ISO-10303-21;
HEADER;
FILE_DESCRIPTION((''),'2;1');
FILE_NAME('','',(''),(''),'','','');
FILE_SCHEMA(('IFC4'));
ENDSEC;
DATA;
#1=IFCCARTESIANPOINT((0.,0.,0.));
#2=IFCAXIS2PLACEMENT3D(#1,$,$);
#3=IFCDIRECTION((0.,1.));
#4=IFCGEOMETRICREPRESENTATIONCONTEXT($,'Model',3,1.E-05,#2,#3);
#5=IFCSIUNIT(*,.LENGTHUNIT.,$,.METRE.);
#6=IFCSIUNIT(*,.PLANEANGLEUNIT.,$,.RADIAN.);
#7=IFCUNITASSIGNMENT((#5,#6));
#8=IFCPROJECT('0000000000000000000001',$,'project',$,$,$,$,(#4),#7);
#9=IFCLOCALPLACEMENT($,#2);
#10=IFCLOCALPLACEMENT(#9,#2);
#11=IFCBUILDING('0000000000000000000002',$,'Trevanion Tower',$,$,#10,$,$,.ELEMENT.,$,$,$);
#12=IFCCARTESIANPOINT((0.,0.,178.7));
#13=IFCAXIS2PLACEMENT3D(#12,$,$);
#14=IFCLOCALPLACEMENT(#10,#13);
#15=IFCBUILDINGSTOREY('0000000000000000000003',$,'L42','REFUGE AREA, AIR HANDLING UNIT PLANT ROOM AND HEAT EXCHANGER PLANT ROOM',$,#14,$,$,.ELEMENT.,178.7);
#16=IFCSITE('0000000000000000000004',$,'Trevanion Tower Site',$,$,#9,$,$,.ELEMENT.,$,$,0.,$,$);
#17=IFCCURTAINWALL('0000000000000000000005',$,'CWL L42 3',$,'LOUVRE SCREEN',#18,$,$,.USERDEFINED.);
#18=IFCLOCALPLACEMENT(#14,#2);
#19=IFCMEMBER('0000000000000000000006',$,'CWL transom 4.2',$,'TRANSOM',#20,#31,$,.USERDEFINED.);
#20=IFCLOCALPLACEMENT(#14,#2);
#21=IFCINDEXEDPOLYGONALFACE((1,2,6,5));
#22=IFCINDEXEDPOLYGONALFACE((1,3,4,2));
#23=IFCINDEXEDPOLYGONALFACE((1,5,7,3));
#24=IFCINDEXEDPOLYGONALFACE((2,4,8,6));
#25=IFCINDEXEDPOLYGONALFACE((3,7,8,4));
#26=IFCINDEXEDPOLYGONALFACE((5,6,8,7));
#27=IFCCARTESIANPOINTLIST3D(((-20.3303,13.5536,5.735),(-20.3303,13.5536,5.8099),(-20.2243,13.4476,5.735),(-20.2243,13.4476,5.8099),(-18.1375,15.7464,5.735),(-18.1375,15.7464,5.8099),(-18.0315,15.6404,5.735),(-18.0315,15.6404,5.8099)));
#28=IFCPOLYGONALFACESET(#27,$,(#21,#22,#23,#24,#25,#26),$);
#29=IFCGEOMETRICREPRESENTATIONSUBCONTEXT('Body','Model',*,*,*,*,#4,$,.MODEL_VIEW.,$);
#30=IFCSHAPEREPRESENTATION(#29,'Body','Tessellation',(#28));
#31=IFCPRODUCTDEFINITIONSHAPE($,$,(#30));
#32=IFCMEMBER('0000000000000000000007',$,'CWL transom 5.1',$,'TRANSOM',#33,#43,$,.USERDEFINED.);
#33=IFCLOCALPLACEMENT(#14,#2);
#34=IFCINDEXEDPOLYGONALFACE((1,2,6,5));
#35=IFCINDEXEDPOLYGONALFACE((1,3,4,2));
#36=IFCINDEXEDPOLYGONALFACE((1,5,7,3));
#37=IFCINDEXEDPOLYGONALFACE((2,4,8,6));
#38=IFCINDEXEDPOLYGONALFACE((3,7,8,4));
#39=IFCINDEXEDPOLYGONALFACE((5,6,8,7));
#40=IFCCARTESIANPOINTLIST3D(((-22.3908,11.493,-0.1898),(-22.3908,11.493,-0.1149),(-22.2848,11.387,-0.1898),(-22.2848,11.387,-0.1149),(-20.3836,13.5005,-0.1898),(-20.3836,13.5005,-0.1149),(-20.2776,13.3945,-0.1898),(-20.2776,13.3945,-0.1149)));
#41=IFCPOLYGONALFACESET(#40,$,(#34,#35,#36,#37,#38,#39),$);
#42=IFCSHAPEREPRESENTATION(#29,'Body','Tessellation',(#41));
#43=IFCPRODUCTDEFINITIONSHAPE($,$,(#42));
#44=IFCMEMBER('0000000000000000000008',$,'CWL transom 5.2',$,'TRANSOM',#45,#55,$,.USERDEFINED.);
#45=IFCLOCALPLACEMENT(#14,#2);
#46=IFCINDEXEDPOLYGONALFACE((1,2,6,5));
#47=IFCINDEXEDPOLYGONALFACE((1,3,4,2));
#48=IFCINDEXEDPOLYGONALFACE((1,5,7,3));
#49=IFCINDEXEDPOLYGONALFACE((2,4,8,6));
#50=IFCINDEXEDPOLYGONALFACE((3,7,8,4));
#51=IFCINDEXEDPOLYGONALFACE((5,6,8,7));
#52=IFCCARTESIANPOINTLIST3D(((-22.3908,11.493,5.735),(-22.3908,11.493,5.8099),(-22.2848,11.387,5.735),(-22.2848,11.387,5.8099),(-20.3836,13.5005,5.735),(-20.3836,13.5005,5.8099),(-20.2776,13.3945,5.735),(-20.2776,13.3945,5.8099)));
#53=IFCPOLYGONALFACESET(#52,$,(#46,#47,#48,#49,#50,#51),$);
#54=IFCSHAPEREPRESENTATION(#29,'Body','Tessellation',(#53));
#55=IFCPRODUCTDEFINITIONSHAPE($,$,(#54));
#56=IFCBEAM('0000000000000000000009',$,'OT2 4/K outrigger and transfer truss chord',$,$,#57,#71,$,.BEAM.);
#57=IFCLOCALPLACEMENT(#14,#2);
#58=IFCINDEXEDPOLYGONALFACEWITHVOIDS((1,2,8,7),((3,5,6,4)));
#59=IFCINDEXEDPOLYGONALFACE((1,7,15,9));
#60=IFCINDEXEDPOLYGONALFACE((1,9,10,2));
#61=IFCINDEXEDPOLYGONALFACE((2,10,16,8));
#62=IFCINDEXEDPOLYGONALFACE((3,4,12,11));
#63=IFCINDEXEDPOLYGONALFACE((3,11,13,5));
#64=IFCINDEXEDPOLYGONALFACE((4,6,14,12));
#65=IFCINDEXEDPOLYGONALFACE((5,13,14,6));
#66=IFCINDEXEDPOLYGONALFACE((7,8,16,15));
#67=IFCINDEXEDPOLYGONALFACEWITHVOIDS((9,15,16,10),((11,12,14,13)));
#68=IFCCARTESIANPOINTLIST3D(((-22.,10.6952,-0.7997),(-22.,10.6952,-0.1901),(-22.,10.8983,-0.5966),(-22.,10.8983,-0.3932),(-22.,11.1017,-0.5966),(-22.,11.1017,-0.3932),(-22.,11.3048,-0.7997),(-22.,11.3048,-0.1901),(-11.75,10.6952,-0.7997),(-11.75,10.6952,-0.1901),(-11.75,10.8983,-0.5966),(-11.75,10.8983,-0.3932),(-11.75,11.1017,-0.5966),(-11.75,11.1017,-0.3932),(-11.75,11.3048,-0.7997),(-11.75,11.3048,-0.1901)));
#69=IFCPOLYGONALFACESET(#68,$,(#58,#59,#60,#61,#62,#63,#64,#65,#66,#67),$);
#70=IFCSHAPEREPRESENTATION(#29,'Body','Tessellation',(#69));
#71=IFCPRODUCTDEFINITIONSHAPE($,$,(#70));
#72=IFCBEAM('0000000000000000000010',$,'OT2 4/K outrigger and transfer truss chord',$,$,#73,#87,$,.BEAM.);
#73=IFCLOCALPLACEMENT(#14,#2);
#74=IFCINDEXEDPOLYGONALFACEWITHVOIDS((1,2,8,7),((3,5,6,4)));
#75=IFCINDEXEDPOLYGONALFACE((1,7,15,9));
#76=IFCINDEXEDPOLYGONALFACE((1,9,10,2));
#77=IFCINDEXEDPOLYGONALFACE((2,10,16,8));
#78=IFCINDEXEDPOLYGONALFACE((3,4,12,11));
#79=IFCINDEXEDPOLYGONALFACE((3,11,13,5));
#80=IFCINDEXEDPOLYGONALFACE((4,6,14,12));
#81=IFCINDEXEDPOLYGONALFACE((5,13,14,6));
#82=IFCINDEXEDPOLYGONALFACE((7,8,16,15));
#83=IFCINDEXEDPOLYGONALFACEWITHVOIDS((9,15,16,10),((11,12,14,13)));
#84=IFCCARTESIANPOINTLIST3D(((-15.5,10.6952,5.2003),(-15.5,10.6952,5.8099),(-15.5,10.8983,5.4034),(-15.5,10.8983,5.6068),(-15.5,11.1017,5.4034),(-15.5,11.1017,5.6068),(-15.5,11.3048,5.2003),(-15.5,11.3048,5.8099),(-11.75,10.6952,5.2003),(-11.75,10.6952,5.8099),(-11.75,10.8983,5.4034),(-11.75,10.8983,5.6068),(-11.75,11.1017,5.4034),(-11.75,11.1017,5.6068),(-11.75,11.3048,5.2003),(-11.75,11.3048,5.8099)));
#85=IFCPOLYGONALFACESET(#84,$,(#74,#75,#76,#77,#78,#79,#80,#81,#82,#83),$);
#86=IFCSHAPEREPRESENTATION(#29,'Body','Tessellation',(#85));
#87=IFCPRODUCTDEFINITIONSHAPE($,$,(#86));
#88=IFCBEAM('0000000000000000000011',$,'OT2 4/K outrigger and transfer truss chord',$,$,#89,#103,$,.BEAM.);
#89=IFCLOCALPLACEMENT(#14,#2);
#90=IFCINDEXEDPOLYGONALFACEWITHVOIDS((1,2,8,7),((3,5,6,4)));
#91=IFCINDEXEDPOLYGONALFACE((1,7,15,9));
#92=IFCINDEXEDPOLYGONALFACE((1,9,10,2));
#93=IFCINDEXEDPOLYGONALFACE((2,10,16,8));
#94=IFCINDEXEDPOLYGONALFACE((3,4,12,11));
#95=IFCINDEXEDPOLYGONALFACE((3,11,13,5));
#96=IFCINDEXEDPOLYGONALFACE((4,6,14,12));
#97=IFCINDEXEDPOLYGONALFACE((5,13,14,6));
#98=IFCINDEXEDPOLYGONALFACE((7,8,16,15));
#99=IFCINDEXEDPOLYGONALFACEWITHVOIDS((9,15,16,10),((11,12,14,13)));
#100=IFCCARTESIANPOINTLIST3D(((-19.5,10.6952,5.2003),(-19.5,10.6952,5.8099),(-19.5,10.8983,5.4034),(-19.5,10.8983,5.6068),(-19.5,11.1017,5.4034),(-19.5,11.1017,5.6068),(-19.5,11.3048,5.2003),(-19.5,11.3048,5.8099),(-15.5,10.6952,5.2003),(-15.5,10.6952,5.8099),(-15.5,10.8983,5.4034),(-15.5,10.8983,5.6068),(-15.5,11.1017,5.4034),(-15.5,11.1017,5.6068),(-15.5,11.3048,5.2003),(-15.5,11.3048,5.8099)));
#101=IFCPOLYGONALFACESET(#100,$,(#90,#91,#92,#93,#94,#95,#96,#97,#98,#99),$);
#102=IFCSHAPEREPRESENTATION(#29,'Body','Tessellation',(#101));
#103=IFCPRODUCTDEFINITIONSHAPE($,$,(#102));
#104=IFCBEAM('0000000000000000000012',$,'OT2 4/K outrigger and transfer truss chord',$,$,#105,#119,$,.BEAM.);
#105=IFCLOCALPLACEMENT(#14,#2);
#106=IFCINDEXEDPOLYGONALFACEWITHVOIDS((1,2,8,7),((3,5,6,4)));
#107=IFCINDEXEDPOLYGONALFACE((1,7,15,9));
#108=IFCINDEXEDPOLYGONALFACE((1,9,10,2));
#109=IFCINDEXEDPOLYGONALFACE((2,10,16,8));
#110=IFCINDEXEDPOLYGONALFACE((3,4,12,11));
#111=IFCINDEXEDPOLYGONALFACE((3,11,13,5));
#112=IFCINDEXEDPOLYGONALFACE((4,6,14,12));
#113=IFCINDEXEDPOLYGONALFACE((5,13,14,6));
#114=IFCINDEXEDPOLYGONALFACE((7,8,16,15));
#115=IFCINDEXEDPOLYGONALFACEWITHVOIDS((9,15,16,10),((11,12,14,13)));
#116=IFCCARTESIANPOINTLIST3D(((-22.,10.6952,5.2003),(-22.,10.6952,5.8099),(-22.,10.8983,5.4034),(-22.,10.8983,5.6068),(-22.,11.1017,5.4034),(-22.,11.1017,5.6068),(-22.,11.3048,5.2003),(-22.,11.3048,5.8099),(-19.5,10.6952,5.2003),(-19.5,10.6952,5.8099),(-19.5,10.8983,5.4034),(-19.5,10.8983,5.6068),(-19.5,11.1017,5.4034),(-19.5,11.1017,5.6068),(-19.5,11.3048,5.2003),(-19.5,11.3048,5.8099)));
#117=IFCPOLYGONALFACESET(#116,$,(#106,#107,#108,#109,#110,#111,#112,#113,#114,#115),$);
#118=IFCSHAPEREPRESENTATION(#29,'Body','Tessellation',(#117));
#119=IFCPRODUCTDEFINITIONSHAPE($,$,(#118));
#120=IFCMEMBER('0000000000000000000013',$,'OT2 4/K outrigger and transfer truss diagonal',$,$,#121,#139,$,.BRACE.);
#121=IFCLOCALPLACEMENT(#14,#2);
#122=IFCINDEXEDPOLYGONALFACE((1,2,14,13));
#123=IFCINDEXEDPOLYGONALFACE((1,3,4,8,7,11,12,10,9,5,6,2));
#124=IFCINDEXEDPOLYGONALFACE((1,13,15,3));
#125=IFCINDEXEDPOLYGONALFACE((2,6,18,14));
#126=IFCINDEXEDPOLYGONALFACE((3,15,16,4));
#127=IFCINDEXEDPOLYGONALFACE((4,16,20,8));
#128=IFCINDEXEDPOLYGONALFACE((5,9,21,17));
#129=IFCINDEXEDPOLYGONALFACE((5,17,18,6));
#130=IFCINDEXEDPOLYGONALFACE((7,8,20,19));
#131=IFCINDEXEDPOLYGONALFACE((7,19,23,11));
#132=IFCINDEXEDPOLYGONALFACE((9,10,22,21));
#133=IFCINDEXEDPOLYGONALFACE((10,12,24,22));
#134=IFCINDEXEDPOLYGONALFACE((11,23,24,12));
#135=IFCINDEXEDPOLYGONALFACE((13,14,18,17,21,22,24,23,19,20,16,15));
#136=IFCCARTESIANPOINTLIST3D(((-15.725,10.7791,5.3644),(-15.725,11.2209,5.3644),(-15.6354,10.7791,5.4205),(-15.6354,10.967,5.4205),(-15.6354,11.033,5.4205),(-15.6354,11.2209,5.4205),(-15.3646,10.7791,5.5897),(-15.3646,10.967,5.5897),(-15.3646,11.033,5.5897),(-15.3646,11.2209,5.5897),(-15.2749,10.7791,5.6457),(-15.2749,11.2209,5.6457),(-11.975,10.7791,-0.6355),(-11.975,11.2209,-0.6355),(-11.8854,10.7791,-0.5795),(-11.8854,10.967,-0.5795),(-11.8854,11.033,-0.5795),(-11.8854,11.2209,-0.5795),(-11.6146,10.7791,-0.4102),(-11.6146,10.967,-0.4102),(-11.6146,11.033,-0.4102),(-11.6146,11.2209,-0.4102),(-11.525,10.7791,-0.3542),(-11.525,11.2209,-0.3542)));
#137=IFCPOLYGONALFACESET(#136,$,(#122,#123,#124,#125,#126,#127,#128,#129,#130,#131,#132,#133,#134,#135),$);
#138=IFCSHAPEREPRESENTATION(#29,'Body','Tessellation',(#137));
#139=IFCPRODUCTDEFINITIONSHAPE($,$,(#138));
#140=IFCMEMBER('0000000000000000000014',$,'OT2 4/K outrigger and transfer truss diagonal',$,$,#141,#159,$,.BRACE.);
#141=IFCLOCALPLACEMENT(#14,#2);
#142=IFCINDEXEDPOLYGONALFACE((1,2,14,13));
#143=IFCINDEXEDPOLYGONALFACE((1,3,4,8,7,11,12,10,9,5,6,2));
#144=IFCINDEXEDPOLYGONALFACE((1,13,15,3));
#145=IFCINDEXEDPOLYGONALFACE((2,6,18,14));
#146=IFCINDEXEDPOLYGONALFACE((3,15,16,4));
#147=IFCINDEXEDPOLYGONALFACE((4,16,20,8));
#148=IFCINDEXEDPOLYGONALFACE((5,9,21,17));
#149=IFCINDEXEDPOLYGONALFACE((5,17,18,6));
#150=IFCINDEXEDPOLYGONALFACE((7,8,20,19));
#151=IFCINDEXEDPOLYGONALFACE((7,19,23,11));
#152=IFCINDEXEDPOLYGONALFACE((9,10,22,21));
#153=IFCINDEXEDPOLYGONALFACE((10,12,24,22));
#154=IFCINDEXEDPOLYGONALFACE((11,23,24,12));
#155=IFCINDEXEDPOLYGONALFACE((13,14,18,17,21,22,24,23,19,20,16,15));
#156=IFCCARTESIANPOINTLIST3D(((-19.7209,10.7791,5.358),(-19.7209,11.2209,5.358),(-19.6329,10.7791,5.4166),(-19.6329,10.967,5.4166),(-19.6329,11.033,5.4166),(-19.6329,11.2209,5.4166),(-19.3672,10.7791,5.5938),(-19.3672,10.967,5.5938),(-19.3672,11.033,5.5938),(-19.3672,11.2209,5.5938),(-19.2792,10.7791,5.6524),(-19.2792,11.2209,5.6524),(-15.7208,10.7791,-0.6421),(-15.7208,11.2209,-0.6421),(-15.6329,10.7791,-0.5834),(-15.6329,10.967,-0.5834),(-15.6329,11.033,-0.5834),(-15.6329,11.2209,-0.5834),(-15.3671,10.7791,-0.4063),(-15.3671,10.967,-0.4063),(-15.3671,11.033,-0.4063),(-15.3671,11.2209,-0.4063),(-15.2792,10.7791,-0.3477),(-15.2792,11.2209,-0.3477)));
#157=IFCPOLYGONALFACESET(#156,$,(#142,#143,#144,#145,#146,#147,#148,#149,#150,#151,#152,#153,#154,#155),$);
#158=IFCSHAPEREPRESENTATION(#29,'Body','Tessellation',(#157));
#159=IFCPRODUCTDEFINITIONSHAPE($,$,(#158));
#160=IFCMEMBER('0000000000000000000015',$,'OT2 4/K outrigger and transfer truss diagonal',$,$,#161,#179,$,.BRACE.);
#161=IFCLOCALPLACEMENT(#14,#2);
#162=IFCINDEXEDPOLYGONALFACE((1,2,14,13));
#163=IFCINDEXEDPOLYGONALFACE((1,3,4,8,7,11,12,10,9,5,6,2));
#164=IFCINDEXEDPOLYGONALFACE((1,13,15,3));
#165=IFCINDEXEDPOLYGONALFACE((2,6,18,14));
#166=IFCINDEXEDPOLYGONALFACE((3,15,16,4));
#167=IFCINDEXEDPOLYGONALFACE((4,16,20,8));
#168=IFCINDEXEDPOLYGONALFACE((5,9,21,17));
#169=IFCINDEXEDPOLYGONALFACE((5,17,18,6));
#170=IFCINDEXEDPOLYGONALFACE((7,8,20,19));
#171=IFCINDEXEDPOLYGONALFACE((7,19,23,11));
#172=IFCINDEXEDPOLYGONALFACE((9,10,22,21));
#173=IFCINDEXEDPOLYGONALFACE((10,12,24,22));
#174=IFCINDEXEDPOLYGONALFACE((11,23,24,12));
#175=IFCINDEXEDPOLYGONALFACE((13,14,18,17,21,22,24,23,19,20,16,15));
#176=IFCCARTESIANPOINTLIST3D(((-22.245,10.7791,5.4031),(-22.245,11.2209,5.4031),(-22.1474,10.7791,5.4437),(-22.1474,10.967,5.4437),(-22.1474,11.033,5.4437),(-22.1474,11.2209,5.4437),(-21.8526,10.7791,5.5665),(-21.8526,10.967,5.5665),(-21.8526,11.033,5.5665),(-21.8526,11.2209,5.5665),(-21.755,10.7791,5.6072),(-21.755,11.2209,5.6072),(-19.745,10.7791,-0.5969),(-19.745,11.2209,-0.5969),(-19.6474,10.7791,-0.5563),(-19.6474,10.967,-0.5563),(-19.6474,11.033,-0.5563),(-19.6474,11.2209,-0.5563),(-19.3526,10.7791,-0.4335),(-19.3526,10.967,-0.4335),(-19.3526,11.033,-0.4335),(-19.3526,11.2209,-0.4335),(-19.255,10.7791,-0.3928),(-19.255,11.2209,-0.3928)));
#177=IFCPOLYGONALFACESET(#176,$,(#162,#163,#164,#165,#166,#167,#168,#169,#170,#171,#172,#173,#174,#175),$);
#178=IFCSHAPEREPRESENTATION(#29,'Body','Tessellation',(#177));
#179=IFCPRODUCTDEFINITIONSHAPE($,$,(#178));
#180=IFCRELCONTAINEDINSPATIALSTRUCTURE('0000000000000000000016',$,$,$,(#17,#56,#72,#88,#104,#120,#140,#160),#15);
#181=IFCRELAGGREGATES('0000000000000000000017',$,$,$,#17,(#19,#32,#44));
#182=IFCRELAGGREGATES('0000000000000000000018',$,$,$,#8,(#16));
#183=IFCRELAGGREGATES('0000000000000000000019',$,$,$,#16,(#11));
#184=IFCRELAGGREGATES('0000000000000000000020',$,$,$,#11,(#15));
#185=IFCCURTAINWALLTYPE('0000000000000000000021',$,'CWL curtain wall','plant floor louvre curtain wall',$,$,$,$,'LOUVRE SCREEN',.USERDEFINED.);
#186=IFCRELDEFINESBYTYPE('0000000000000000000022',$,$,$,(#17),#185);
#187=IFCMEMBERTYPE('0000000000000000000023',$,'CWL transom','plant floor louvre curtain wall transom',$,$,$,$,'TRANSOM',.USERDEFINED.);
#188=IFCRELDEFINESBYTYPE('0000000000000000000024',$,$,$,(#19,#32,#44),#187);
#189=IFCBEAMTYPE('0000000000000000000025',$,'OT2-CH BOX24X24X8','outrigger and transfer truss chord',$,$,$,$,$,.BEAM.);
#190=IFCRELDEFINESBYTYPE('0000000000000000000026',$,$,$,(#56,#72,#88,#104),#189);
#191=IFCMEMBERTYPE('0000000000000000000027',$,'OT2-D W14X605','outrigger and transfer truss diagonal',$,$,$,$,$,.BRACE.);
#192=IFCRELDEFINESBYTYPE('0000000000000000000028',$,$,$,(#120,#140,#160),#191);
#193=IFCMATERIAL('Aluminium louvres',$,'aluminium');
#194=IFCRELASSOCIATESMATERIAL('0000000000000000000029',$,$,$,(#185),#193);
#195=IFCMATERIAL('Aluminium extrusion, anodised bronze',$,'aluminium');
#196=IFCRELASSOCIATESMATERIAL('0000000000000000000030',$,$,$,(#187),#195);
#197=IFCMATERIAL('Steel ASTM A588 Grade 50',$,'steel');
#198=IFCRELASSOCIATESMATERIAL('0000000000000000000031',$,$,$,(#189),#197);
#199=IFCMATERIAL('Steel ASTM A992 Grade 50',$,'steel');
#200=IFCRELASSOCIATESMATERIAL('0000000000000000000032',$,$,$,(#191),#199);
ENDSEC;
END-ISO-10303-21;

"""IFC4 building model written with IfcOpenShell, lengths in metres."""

from ifc_helpers import new_model, si_unit, direction, frame, origin, origin_2d, place, context, subcontext, project, spatial, rectangle, hollow_rectangle, i_section, extrude, material, material_profile, profile_set, type_object, element, aggregate, save


model = new_model("IFC4")

# Units and contexts
model_context = context("Model", 3, precision=1e-05, world=origin(), true_north=direction((0.0, 1.0)))
body_context = subcontext(model_context, "Body", "Model", "MODEL_VIEW")
ifc_project = project(units=[si_unit("LENGTHUNIT", "METRE"), si_unit("PLANEANGLEUNIT", "RADIAN")], contexts=[model_context])

# Site, building, storey
site_placement = place(None, origin())
site = spatial("IfcSite", under=ifc_project, at=site_placement, Name="Trevanion Tower Site", CompositionType="ELEMENT", RefElevation=0.0)
building_placement = place(site_placement, origin())
building = spatial("IfcBuilding", under=site, at=building_placement, Name="Trevanion Tower", CompositionType="ELEMENT")
storey_placement = place(building_placement, frame((0.0, 0.0, 178.7)))
storey = spatial("IfcBuildingStorey", under=building, at=storey_placement, Name="L42", Description="REFUGE AREA, AIR HANDLING UNIT PLANT ROOM AND HEAT EXCHANGER PLANT ROOM", CompositionType="ELEMENT", Elevation=178.7)

# Curtain wall, members
ifc_material_1 = material(Name="Aluminium louvres", Category="aluminium")
curtain_wall_type = type_object("IfcCurtainWallType", Name="CWL curtain wall", Description="plant floor louvre curtain wall", ElementType="LOUVRE SCREEN", PredefinedType="USERDEFINED", material=ifc_material_1)
curtain_wall_placement = place(storey_placement, origin())
curtain_wall = element("IfcCurtainWall", 1, at=curtain_wall_placement, inside=storey, type_object=curtain_wall_type, Name="CWL L42 3", ObjectType="LOUVRE SCREEN", PredefinedType="USERDEFINED")
ifc_material_2 = material(Name="Aluminium extrusion, anodised bronze", Category="aluminium")
ifc_material_profile_1 = material_profile(ifc_material_2, rectangle(XDim=0.1499, YDim=0.075, at=origin_2d()), Name="CWL transom")
ifc_profile_set_1 = profile_set([ifc_material_profile_1], Name="Aluminium extrusion, anodised bronze")
member_type_1 = type_object("IfcMemberType", Name="CWL transom", Description="plant floor louvre curtain wall transom", ElementType="TRANSOM", PredefinedType="USERDEFINED", material=ifc_profile_set_1)
member_1_placement = place(storey_placement, frame((-18.0845, 15.6934, 5.7725), z_axis=(-0.707107, -0.707107, 0.0), x_axis=(0.707107, -0.707107, 0.0)))
member_1 = element("IfcMember", 2, at=member_1_placement, type_object=member_type_1, Name="CWL transom 4.2", ObjectType="TRANSOM", PredefinedType="USERDEFINED", context=body_context, shape_type="SweptSolid", body=[
    extrude(rectangle(XDim=0.1499, YDim=0.075, at=origin_2d()), origin(), (0.0, 0.0, 1.0), 3.1011),
])
member_2_placement = place(storey_placement, frame((-20.3306, 13.4475, -0.1523), z_axis=(-0.707064, -0.70715, 0.0), x_axis=(0.70715, -0.707064, 0.0)))
member_2 = element("IfcMember", 3, at=member_2_placement, type_object=member_type_1, Name="CWL transom 5.1", ObjectType="TRANSOM", PredefinedType="USERDEFINED", context=body_context, shape_type="SweptSolid", body=[
    extrude(rectangle(XDim=0.1499, YDim=0.075, at=origin_2d()), origin(), (0.0, 0.0, 1.0), 2.8389),
])
member_3_placement = place(storey_placement, frame((-20.3306, 13.4475, 5.7725), z_axis=(-0.707064, -0.70715, 0.0), x_axis=(0.70715, -0.707064, 0.0)))
member_3 = element("IfcMember", 4, at=member_3_placement, type_object=member_type_1, Name="CWL transom 5.2", ObjectType="TRANSOM", PredefinedType="USERDEFINED", context=body_context, shape_type="SweptSolid", body=[
    extrude(rectangle(XDim=0.1499, YDim=0.075, at=origin_2d()), origin(), (0.0, 0.0, 1.0), 2.8389),
])

# Beams
ifc_material_3 = material(Name="Steel ASTM A588 Grade 50", Category="steel")
ifc_material_profile_2 = material_profile(ifc_material_3, hollow_rectangle(XDim=0.6096, YDim=0.6096, WallThickness=0.2031, at=origin_2d()), Name="BOX24X24X8")
ifc_profile_set_2 = profile_set([ifc_material_profile_2], Name="Steel ASTM A588 Grade 50")
beam_type_1 = type_object("IfcBeamType", Name="OT2-CH BOX24X24X8", Description="outrigger and transfer truss chord", PredefinedType="BEAM", material=ifc_profile_set_2)
beam_1_placement = place(storey_placement, frame((-11.75, 11.0, -0.4949), z_axis=(-1.0, 0.0, 0.0), x_axis=(0.0, -1.0, 0.0)))
element("IfcBeam", 5, at=beam_1_placement, inside=storey, type_object=beam_type_1, Name="OT2 4/K outrigger and transfer truss chord", PredefinedType="BEAM", context=body_context, shape_type="SweptSolid", body=[
    extrude(hollow_rectangle(XDim=0.6096, YDim=0.6096, WallThickness=0.2031, at=origin_2d()), origin(), (0.0, 0.0, 1.0), 10.25),
])
beam_2_placement = place(storey_placement, frame((-11.75, 11.0, 5.5051), z_axis=(-1.0, 0.0, 0.0), x_axis=(0.0, -1.0, 0.0)))
element("IfcBeam", 6, at=beam_2_placement, inside=storey, type_object=beam_type_1, Name="OT2 4/K outrigger and transfer truss chord", PredefinedType="BEAM", context=body_context, shape_type="SweptSolid", body=[
    extrude(hollow_rectangle(XDim=0.6096, YDim=0.6096, WallThickness=0.2031, at=origin_2d()), origin(), (0.0, 0.0, 1.0), 3.75),
])
beam_3_placement = place(storey_placement, frame((-15.5, 11.0, 5.5051), z_axis=(-1.0, 0.0, 0.0), x_axis=(0.0, -1.0, 0.0)))
element("IfcBeam", 7, at=beam_3_placement, inside=storey, type_object=beam_type_1, Name="OT2 4/K outrigger and transfer truss chord", PredefinedType="BEAM", context=body_context, shape_type="SweptSolid", body=[
    extrude(hollow_rectangle(XDim=0.6096, YDim=0.6096, WallThickness=0.2031, at=origin_2d()), origin(), (0.0, 0.0, 1.0), 4.0),
])
beam_4_placement = place(storey_placement, frame((-19.5, 11.0, 5.5051), z_axis=(-1.0, 0.0, 0.0), x_axis=(0.0, -1.0, 0.0)))
element("IfcBeam", 8, at=beam_4_placement, inside=storey, type_object=beam_type_1, Name="OT2 4/K outrigger and transfer truss chord", PredefinedType="BEAM", context=body_context, shape_type="SweptSolid", body=[
    extrude(hollow_rectangle(XDim=0.6096, YDim=0.6096, WallThickness=0.2031, at=origin_2d()), origin(), (0.0, 0.0, 1.0), 2.5),
])

# Members
ifc_material_4 = material(Name="Steel ASTM A992 Grade 50", Category="steel")
ifc_material_profile_3 = material_profile(ifc_material_4, i_section(OverallWidth=0.4419, OverallDepth=0.5308, WebThickness=0.0659, FlangeThickness=0.1057, at=origin_2d()), Name="W14X605")
ifc_profile_set_3 = profile_set([ifc_material_profile_3], Name="Steel ASTM A992 Grade 50")
member_type_2 = type_object("IfcMemberType", Name="OT2-D W14X605", Description="outrigger and transfer truss diagonal", PredefinedType="BRACE", material=ifc_profile_set_3)
member_4_placement = place(storey_placement, frame((-11.75, 11.0, -0.4949), z_axis=(-0.529999, 0.0, 0.847998), x_axis=(0.0, -1.0, 0.0)))
element("IfcMember", 9, at=member_4_placement, inside=storey, type_object=member_type_2, Name="OT2 4/K outrigger and transfer truss diagonal", PredefinedType="BRACE", context=body_context, shape_type="SweptSolid", body=[
    extrude(i_section(OverallWidth=0.4419, OverallDepth=0.5308, WebThickness=0.0659, FlangeThickness=0.1057, at=origin_2d()), origin(), (0.0, 0.0, 1.0), 7.0754),
])
member_5_placement = place(storey_placement, frame((-15.5, 11.0, -0.4949), z_axis=(-0.5547, 0.0, 0.83205), x_axis=(0.0, -1.0, 0.0)))
element("IfcMember", 10, at=member_5_placement, inside=storey, type_object=member_type_2, Name="OT2 4/K outrigger and transfer truss diagonal", PredefinedType="BRACE", context=body_context, shape_type="SweptSolid", body=[
    extrude(i_section(OverallWidth=0.4419, OverallDepth=0.5308, WebThickness=0.0659, FlangeThickness=0.1057, at=origin_2d()), origin(), (0.0, 0.0, 1.0), 7.2112),
])
member_6_placement = place(storey_placement, frame((-19.5, 11.0, -0.4949), z_axis=(-0.384615, 0.0, 0.923077), x_axis=(0.0, -1.0, 0.0)))
element("IfcMember", 11, at=member_6_placement, inside=storey, type_object=member_type_2, Name="OT2 4/K outrigger and transfer truss diagonal", PredefinedType="BRACE", context=body_context, shape_type="SweptSolid", body=[
    extrude(i_section(OverallWidth=0.4419, OverallDepth=0.5308, WebThickness=0.0659, FlangeThickness=0.1057, at=origin_2d()), origin(), (0.0, 0.0, 1.0), 6.5),
])

aggregate(curtain_wall, [member_1, member_2, member_3])

save(model, "model.ifc")
